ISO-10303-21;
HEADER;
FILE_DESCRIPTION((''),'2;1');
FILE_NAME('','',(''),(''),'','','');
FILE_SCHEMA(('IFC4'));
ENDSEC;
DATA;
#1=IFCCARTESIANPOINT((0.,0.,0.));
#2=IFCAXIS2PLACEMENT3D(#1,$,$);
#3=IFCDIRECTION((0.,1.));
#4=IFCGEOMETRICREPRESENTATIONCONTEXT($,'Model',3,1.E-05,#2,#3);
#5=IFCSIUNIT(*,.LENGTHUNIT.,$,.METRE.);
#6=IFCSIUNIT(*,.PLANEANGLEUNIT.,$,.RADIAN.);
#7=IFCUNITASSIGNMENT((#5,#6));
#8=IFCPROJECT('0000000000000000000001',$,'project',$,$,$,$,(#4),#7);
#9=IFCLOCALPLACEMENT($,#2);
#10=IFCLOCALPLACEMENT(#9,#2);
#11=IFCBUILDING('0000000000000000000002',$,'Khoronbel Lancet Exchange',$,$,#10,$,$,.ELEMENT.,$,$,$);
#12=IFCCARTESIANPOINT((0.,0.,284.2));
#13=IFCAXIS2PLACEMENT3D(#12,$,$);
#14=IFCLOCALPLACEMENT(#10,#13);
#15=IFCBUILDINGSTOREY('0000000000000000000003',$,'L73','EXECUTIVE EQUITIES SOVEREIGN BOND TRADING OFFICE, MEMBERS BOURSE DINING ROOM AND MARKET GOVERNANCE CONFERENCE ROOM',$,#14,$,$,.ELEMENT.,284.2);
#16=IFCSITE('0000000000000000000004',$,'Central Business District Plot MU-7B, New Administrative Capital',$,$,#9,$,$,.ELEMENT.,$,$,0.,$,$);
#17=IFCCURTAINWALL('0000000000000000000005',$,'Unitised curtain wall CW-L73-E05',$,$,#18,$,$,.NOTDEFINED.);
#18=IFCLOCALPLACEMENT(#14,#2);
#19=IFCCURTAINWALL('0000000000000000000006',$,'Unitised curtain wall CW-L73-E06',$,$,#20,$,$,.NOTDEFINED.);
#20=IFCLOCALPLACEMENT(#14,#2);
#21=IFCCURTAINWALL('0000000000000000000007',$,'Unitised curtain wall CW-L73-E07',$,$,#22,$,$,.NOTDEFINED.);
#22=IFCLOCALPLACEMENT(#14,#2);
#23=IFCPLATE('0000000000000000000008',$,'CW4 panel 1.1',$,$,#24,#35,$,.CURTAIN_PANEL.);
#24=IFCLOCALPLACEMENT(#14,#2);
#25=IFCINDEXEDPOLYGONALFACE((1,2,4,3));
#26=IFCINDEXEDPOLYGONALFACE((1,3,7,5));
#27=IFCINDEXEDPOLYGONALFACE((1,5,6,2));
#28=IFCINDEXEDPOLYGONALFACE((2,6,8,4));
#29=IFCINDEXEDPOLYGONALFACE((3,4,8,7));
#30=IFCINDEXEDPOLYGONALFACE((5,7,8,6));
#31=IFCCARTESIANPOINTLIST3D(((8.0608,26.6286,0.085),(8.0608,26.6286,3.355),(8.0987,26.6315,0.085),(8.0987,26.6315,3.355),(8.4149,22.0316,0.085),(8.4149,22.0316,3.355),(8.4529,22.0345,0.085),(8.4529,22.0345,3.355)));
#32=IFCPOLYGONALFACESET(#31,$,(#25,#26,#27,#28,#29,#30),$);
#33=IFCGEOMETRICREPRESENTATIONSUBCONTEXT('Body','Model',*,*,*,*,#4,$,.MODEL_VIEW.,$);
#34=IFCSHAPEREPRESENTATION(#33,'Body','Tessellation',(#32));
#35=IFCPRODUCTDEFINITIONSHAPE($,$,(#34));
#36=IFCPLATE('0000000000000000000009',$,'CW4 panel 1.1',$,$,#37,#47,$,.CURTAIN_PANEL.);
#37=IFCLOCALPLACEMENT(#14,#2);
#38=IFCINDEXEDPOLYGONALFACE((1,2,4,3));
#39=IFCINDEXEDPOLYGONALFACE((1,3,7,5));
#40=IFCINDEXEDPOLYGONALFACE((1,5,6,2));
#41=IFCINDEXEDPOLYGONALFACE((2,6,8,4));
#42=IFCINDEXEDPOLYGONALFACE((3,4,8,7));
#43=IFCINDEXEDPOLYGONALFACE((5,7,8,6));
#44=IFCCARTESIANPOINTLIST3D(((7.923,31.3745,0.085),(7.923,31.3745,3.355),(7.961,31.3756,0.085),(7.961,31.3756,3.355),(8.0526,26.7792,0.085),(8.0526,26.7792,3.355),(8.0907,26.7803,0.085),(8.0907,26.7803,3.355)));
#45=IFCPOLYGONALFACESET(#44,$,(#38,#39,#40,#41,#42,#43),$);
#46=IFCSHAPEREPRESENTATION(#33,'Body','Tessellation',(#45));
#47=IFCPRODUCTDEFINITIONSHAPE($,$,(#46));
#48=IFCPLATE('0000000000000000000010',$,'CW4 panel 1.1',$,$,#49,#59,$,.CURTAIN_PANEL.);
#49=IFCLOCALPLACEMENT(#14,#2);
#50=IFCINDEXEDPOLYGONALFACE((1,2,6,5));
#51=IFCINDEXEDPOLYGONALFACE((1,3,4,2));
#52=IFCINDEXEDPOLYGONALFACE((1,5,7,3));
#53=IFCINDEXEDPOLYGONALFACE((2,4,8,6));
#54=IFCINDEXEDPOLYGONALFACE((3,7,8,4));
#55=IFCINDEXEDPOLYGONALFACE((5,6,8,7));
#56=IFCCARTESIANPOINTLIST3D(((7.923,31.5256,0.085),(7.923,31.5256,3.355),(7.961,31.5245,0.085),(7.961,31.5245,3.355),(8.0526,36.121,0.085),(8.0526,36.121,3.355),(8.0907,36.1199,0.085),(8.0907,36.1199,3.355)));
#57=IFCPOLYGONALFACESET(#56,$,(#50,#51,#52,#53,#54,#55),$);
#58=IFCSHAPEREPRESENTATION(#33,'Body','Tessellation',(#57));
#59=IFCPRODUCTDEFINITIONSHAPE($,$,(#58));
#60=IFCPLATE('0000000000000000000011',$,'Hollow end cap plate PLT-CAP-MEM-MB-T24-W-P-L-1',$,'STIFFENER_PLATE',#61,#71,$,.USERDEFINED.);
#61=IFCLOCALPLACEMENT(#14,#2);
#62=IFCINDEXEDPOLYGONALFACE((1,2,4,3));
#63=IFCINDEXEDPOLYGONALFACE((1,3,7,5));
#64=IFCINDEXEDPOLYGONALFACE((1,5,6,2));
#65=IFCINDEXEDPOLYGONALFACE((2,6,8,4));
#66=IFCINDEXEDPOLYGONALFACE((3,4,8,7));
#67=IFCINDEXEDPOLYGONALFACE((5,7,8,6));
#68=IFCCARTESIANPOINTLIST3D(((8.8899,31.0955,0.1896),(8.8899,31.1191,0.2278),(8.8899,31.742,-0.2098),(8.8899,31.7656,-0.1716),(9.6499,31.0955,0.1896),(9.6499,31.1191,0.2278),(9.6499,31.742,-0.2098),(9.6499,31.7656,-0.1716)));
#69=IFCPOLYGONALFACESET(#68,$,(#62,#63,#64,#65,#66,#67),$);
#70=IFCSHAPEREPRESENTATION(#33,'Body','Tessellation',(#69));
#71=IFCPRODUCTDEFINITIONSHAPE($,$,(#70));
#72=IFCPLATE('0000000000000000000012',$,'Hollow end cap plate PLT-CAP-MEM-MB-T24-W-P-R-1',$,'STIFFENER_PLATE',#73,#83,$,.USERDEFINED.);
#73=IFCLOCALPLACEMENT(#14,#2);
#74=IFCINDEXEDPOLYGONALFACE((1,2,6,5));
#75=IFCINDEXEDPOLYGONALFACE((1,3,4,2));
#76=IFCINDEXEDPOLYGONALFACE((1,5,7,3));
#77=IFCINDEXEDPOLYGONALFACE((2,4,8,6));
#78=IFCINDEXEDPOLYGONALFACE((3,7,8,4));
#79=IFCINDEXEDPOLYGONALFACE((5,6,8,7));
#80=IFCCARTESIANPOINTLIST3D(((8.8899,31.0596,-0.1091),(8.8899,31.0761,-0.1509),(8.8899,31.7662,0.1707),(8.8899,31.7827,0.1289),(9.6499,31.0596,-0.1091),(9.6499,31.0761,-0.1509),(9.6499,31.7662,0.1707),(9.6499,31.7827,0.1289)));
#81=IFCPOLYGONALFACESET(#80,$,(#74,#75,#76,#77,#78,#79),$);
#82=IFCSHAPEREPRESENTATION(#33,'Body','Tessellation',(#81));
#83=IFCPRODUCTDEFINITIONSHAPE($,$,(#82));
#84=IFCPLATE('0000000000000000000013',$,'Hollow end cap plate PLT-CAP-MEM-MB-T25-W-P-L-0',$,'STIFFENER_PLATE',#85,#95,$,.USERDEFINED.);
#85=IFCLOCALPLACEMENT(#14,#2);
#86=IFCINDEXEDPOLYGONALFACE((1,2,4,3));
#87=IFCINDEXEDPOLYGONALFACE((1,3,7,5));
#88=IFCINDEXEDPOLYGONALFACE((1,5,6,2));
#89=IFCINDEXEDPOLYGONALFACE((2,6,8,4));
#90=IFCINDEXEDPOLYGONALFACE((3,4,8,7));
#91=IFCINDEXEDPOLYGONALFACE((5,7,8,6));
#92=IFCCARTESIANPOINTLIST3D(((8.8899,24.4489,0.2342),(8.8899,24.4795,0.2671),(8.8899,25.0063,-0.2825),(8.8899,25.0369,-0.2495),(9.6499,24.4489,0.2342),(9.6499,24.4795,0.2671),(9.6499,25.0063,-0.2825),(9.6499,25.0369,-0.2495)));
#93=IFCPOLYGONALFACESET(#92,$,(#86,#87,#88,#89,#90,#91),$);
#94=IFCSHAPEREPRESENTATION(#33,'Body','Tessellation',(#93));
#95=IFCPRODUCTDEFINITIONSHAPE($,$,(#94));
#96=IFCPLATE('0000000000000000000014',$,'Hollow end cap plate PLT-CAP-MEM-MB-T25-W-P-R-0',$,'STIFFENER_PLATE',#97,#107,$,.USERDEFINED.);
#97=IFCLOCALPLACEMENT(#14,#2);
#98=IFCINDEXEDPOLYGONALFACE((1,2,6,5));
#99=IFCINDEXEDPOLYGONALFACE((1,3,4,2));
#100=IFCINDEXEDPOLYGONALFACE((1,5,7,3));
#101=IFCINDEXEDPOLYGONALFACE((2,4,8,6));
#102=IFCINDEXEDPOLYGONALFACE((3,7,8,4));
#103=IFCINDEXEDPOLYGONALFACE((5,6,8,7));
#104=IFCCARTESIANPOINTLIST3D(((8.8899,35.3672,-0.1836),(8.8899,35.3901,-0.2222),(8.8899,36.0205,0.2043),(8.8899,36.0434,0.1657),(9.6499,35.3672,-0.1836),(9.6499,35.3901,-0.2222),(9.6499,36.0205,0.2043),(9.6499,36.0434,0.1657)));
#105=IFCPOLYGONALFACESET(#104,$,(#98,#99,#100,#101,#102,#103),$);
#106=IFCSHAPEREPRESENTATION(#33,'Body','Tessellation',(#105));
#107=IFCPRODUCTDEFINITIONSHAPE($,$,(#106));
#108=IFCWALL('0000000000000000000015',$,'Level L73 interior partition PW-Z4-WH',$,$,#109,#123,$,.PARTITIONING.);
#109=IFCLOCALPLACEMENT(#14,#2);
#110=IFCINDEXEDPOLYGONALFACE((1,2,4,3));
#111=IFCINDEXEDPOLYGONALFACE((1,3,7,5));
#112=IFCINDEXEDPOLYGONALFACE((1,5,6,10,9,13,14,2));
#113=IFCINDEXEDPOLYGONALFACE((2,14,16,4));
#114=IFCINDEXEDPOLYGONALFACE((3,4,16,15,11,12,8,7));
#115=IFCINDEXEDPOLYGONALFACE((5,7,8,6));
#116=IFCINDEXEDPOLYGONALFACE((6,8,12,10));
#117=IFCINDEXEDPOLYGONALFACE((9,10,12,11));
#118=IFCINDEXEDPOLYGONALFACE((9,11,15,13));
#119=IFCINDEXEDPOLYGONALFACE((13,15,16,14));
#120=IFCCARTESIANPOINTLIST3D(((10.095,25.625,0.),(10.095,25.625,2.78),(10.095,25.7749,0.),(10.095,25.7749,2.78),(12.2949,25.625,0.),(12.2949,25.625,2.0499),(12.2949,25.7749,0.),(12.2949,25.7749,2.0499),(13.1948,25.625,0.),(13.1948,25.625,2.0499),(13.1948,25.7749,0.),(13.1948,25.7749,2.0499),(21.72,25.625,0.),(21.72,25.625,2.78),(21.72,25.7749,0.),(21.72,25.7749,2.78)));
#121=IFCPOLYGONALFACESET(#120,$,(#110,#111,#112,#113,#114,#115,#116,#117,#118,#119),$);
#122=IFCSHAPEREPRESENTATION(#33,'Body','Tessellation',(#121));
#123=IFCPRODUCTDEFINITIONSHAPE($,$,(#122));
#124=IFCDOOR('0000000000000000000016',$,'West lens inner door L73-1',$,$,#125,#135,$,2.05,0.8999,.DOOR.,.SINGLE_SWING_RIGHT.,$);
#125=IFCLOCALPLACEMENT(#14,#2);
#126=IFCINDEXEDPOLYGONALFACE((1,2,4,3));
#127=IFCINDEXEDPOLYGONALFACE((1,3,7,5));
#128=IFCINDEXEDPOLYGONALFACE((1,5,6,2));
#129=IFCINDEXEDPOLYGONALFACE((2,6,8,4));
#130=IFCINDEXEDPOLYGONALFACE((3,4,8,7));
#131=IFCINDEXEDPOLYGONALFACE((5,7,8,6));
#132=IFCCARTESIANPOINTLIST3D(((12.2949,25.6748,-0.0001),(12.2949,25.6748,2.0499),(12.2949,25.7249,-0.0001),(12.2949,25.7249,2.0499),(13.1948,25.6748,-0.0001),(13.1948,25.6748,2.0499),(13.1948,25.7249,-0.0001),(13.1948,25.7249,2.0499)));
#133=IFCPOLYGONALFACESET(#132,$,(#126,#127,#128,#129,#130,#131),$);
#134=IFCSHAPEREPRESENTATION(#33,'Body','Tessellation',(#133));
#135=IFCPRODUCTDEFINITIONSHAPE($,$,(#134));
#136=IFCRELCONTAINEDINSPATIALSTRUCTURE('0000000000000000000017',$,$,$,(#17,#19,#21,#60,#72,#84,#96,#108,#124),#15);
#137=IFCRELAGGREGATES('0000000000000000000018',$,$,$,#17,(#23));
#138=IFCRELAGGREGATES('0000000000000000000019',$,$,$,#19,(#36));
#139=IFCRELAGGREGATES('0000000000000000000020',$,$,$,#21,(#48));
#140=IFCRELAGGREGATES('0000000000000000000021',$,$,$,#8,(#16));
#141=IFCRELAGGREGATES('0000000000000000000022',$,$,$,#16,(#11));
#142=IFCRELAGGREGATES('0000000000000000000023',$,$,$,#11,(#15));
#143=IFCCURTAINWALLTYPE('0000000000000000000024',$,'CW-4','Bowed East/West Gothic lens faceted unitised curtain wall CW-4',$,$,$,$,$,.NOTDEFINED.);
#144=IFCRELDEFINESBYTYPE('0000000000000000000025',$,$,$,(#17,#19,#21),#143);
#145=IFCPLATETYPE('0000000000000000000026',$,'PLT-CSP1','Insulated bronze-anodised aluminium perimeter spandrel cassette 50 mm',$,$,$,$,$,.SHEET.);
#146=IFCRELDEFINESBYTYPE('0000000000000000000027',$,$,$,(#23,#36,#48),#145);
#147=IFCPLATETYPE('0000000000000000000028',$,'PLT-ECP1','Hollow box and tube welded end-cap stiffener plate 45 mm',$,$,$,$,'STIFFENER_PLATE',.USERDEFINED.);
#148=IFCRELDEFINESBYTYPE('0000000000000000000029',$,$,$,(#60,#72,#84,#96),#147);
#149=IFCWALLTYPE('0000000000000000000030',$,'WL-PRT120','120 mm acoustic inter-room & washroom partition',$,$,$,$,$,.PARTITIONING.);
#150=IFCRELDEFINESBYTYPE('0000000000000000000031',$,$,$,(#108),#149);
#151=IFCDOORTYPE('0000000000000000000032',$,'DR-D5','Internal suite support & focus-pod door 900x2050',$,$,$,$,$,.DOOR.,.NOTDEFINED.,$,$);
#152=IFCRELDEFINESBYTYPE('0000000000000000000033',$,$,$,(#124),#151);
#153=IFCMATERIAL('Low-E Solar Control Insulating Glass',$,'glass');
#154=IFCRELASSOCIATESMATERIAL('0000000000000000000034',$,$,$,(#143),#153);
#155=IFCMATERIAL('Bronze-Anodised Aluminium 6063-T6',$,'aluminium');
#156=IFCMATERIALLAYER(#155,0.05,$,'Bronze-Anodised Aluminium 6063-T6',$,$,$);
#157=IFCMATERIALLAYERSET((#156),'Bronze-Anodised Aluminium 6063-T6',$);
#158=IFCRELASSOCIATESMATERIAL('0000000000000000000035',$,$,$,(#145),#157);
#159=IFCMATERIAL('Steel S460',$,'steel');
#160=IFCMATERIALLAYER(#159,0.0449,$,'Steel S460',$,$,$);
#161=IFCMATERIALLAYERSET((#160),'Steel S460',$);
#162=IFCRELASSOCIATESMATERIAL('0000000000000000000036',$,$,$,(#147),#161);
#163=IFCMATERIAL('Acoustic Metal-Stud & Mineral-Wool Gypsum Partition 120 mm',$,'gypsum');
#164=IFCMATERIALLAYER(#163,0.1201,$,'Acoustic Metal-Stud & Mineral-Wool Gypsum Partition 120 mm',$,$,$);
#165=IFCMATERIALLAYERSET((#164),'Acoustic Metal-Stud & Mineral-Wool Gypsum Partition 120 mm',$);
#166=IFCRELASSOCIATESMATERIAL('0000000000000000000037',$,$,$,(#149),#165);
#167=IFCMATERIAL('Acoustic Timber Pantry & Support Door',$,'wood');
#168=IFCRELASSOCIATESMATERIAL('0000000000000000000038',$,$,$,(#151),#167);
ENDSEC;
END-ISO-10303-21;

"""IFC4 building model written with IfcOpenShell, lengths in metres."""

from ifc_helpers import new_model, si_unit, direction, frame, frame_2d, origin, origin_2d, place, context, subcontext, project, spatial, polyline, rectangle, outline, extrude, material, layer, layer_set, type_object, element, fill, aggregate, save


model = new_model("IFC4")

# Units and contexts
model_context = context("Model", 3, precision=1e-05, world=origin(), true_north=direction((0.0, 1.0)))
body_context = subcontext(model_context, "Body", "Model", "MODEL_VIEW")
ifc_project = project(units=[si_unit("LENGTHUNIT", "METRE"), si_unit("PLANEANGLEUNIT", "RADIAN")], contexts=[model_context])

# Site, building, storey
site_placement = place(None, origin())
site = spatial("IfcSite", under=ifc_project, at=site_placement, Name="Central Business District Plot MU-7B, New Administrative Capital", CompositionType="ELEMENT", RefElevation=0.0)
building_placement = place(site_placement, origin())
building = spatial("IfcBuilding", under=site, at=building_placement, Name="Khoronbel Lancet Exchange", CompositionType="ELEMENT")
storey_placement = place(building_placement, frame((0.0, 0.0, 284.2)))
storey = spatial("IfcBuildingStorey", under=building, at=storey_placement, Name="L73", Description="EXECUTIVE EQUITIES SOVEREIGN BOND TRADING OFFICE, MEMBERS BOURSE DINING ROOM AND MARKET GOVERNANCE CONFERENCE ROOM", CompositionType="ELEMENT", Elevation=284.2)

# Curtain wall
ifc_material_1 = material(Name="Low-E Solar Control Insulating Glass", Category="glass")
curtain_wall_type = type_object("IfcCurtainWallType", Name="CW-4", Description="Bowed East/West Gothic lens faceted unitised curtain wall CW-4", PredefinedType="NOTDEFINED", material=ifc_material_1)
curtain_wall_1_placement = place(storey_placement, origin())
curtain_wall_1 = element("IfcCurtainWall", 1, at=curtain_wall_1_placement, inside=storey, type_object=curtain_wall_type, Name="Unitised curtain wall CW-L73-E05", PredefinedType="NOTDEFINED")
ifc_material_2 = material(Name="Bronze-Anodised Aluminium 6063-T6", Category="aluminium")

# Curtain wall
curtain_wall_2_placement = place(storey_placement, origin())
curtain_wall_2 = element("IfcCurtainWall", 2, at=curtain_wall_2_placement, inside=storey, type_object=curtain_wall_type, Name="Unitised curtain wall CW-L73-E06", PredefinedType="NOTDEFINED")

# Curtain wall
curtain_wall_3_placement = place(storey_placement, origin())
curtain_wall_3 = element("IfcCurtainWall", 3, at=curtain_wall_3_placement, inside=storey, type_object=curtain_wall_type, Name="Unitised curtain wall CW-L73-E07", PredefinedType="NOTDEFINED")

# Shared definitions
ifc_material_3 = material(Name="Steel S460", Category="steel")

# Plates
ifc_layer_1 = layer(ifc_material_2, 0.05, Name="Bronze-Anodised Aluminium 6063-T6")
ifc_layer_set_1 = layer_set([ifc_layer_1], Name="Bronze-Anodised Aluminium 6063-T6")
plate_type_1 = type_object("IfcPlateType", Name="PLT-CSP1", Description="Insulated bronze-anodised aluminium perimeter spandrel cassette 50 mm", PredefinedType="SHEET", material=ifc_layer_set_1)
plate_1_placement = place(storey_placement, frame((8.2568, 24.3315, 0.085), z_axis=(0.0, 0.0, 1.0), x_axis=(-0.076819, 0.997045, 0.0)))
plate_1 = element("IfcPlate", 4, at=plate_1_placement, type_object=plate_type_1, Name="CW4 panel 1.1", PredefinedType="CURTAIN_PANEL", context=body_context, shape_type="SweptSolid", body=[
    extrude(rectangle(XDim=4.6106, YDim=0.0381, at=origin_2d()), origin(), (0.0, 0.0, 1.0), 3.27),
])
aggregate(curtain_wall_1, [plate_1])
plate_2_placement = place(storey_placement, frame((8.0068, 29.0774, 0.085), z_axis=(0.0, 0.0, 1.0), x_axis=(-0.028206, 0.999602, 0.0)))
plate_2 = element("IfcPlate", 5, at=plate_2_placement, type_object=plate_type_1, Name="CW4 panel 1.1", PredefinedType="CURTAIN_PANEL", context=body_context, shape_type="SweptSolid", body=[
    extrude(rectangle(XDim=4.5972, YDim=0.0381, at=origin_2d()), origin(), (0.0, 0.0, 1.0), 3.27),
])
aggregate(curtain_wall_2, [plate_2])
plate_3_placement = place(storey_placement, frame((8.0068, 33.8228, 0.085), z_axis=(0.0, 0.0, 1.0), x_axis=(0.028206, 0.999602, 0.0)))
plate_3 = element("IfcPlate", 6, at=plate_3_placement, type_object=plate_type_1, Name="CW4 panel 1.1", PredefinedType="CURTAIN_PANEL", context=body_context, shape_type="SweptSolid", body=[
    extrude(rectangle(XDim=4.5972, YDim=0.0381, at=origin_2d()), origin(), (0.0, 0.0, 1.0), 3.27),
])
aggregate(curtain_wall_3, [plate_3])

# Plates
ifc_layer_2 = layer(ifc_material_3, 0.0449, Name="Steel S460")
ifc_layer_set_2 = layer_set([ifc_layer_2], Name="Steel S460")
plate_type_2 = type_object("IfcPlateType", Name="PLT-ECP1", Description="Hollow box and tube welded end-cap stiffener plate 45 mm", ElementType="STIFFENER_PLATE", PredefinedType="USERDEFINED", material=ifc_layer_set_2)
for number, where, z_axis, x_axis, name in (
    (7, (9.6499, 31.7656, -0.1716), (0.0, 0.525602, 0.85073), (-1.0, 0.0, 0.0), "Hollow end cap plate PLT-CAP-MEM-MB-T24-W-P-L-1"),
    (8, (8.8899, 31.0596, -0.1091), (0.0, -0.368176, 0.929756), (1.0, 0.0, 0.0), "Hollow end cap plate PLT-CAP-MEM-MB-T24-W-P-R-1"),
    (9, (9.6499, 25.0369, -0.2495), (0.0, 0.679773, 0.733422), (-1.0, 0.0, 0.0), "Hollow end cap plate PLT-CAP-MEM-MB-T25-W-P-L-0"),
):
    element("IfcPlate", number, at=place(storey_placement, frame(where, z_axis=z_axis, x_axis=x_axis)), inside=storey, type_object=plate_type_2, Name=name, ObjectType="STIFFENER_PLATE", PredefinedType="USERDEFINED", context=body_context, shape_type="SweptSolid", body=[
        extrude(outline(polyline([(0.0, 0.0), (0.76, 0.0), (0.76, 0.76), (0.0, 0.76), (0.0, 0.0)])), origin(), (0.0, 0.0, -1.0), 0.0449),
    ])
plate_4_placement = place(storey_placement, frame((8.8899, 35.3672, -0.1836), z_axis=(0.0, -0.510568, 0.859837), x_axis=(1.0, 0.0, 0.0)))
element("IfcPlate", 10, at=plate_4_placement, inside=storey, type_object=plate_type_2, Name="Hollow end cap plate PLT-CAP-MEM-MB-T25-W-P-R-0", ObjectType="STIFFENER_PLATE", PredefinedType="USERDEFINED", context=body_context, shape_type="SweptSolid", body=[
    extrude(outline(polyline([(0.0, 0.0), (0.76, 0.0), (0.76, 0.7598), (0.0, 0.7598), (0.0, 0.0)])), origin(), (0.0, 0.0, -1.0), 0.0449),
])

# Wall, opening, door
ifc_material_4 = material(Name="Acoustic Metal-Stud & Mineral-Wool Gypsum Partition 120 mm", Category="gypsum")
ifc_layer_3 = layer(ifc_material_4, 0.1201, Name="Acoustic Metal-Stud & Mineral-Wool Gypsum Partition 120 mm")
ifc_layer_set_3 = layer_set([ifc_layer_3], Name="Acoustic Metal-Stud & Mineral-Wool Gypsum Partition 120 mm")
wall_type = type_object("IfcWallType", Name="WL-PRT120", Description="120 mm acoustic inter-room & washroom partition", PredefinedType="PARTITIONING", material=ifc_layer_set_3)
wall_placement = place(storey_placement, frame((10.095, 25.7, 0.0), z_axis=(0.0, 0.0, 1.0), x_axis=(1.0, 0.0, 0.0)))
wall = element("IfcWall", 11, at=wall_placement, inside=storey, type_object=wall_type, Name="Level L73 interior partition PW-Z4-WH", PredefinedType="PARTITIONING", context=body_context, shape_type="SweptSolid", body=[
    extrude(rectangle(XDim=11.625, YDim=0.1499, at=frame_2d((5.8125, 0.0))), origin(), (0.0, 0.0, 1.0), 2.78),
])
opening_placement = place(wall_placement, frame((2.2, 0.0, 0.0)))
opening = element("IfcOpeningElement", 12, at=opening_placement, cuts=wall, PredefinedType="OPENING", context=body_context, shape_type="SweptSolid", body=[
    extrude(rectangle(XDim=0.8999, YDim=2.05, at=frame_2d((0.45, 1.0249))), frame((0.0, 0.085, 0.0), z_axis=(0.0, -1.0, 0.0), x_axis=(1.0, 0.0, 0.0)), (0.0, 0.0, 1.0), 0.1699),
])
ifc_material_5 = material(Name="Acoustic Timber Pantry & Support Door", Category="wood")
door_type = type_object("IfcDoorType", Name="DR-D5", Description="Internal suite support & focus-pod door 900x2050", OperationType="NOTDEFINED", PredefinedType="DOOR", material=ifc_material_5)
door_placement = place(opening_placement, origin())
door = element("IfcDoor", 13, at=door_placement, inside=storey, type_object=door_type, Name="West lens inner door L73-1", OperationType="SINGLE_SWING_RIGHT", OverallHeight=2.05, OverallWidth=0.8999, PredefinedType="DOOR", context=body_context, shape_type="SweptSolid", body=[
    extrude(rectangle(XDim=0.8999, YDim=2.05, at=frame_2d((0.45, 1.0249))), frame((0.0, 0.0249, 0.0), z_axis=(0.0, -1.0, 0.0), x_axis=(1.0, 0.0, 0.0)), (0.0, 0.0, 1.0), 0.05),
])
fill(opening, door)

save(model, "model.ifc")
